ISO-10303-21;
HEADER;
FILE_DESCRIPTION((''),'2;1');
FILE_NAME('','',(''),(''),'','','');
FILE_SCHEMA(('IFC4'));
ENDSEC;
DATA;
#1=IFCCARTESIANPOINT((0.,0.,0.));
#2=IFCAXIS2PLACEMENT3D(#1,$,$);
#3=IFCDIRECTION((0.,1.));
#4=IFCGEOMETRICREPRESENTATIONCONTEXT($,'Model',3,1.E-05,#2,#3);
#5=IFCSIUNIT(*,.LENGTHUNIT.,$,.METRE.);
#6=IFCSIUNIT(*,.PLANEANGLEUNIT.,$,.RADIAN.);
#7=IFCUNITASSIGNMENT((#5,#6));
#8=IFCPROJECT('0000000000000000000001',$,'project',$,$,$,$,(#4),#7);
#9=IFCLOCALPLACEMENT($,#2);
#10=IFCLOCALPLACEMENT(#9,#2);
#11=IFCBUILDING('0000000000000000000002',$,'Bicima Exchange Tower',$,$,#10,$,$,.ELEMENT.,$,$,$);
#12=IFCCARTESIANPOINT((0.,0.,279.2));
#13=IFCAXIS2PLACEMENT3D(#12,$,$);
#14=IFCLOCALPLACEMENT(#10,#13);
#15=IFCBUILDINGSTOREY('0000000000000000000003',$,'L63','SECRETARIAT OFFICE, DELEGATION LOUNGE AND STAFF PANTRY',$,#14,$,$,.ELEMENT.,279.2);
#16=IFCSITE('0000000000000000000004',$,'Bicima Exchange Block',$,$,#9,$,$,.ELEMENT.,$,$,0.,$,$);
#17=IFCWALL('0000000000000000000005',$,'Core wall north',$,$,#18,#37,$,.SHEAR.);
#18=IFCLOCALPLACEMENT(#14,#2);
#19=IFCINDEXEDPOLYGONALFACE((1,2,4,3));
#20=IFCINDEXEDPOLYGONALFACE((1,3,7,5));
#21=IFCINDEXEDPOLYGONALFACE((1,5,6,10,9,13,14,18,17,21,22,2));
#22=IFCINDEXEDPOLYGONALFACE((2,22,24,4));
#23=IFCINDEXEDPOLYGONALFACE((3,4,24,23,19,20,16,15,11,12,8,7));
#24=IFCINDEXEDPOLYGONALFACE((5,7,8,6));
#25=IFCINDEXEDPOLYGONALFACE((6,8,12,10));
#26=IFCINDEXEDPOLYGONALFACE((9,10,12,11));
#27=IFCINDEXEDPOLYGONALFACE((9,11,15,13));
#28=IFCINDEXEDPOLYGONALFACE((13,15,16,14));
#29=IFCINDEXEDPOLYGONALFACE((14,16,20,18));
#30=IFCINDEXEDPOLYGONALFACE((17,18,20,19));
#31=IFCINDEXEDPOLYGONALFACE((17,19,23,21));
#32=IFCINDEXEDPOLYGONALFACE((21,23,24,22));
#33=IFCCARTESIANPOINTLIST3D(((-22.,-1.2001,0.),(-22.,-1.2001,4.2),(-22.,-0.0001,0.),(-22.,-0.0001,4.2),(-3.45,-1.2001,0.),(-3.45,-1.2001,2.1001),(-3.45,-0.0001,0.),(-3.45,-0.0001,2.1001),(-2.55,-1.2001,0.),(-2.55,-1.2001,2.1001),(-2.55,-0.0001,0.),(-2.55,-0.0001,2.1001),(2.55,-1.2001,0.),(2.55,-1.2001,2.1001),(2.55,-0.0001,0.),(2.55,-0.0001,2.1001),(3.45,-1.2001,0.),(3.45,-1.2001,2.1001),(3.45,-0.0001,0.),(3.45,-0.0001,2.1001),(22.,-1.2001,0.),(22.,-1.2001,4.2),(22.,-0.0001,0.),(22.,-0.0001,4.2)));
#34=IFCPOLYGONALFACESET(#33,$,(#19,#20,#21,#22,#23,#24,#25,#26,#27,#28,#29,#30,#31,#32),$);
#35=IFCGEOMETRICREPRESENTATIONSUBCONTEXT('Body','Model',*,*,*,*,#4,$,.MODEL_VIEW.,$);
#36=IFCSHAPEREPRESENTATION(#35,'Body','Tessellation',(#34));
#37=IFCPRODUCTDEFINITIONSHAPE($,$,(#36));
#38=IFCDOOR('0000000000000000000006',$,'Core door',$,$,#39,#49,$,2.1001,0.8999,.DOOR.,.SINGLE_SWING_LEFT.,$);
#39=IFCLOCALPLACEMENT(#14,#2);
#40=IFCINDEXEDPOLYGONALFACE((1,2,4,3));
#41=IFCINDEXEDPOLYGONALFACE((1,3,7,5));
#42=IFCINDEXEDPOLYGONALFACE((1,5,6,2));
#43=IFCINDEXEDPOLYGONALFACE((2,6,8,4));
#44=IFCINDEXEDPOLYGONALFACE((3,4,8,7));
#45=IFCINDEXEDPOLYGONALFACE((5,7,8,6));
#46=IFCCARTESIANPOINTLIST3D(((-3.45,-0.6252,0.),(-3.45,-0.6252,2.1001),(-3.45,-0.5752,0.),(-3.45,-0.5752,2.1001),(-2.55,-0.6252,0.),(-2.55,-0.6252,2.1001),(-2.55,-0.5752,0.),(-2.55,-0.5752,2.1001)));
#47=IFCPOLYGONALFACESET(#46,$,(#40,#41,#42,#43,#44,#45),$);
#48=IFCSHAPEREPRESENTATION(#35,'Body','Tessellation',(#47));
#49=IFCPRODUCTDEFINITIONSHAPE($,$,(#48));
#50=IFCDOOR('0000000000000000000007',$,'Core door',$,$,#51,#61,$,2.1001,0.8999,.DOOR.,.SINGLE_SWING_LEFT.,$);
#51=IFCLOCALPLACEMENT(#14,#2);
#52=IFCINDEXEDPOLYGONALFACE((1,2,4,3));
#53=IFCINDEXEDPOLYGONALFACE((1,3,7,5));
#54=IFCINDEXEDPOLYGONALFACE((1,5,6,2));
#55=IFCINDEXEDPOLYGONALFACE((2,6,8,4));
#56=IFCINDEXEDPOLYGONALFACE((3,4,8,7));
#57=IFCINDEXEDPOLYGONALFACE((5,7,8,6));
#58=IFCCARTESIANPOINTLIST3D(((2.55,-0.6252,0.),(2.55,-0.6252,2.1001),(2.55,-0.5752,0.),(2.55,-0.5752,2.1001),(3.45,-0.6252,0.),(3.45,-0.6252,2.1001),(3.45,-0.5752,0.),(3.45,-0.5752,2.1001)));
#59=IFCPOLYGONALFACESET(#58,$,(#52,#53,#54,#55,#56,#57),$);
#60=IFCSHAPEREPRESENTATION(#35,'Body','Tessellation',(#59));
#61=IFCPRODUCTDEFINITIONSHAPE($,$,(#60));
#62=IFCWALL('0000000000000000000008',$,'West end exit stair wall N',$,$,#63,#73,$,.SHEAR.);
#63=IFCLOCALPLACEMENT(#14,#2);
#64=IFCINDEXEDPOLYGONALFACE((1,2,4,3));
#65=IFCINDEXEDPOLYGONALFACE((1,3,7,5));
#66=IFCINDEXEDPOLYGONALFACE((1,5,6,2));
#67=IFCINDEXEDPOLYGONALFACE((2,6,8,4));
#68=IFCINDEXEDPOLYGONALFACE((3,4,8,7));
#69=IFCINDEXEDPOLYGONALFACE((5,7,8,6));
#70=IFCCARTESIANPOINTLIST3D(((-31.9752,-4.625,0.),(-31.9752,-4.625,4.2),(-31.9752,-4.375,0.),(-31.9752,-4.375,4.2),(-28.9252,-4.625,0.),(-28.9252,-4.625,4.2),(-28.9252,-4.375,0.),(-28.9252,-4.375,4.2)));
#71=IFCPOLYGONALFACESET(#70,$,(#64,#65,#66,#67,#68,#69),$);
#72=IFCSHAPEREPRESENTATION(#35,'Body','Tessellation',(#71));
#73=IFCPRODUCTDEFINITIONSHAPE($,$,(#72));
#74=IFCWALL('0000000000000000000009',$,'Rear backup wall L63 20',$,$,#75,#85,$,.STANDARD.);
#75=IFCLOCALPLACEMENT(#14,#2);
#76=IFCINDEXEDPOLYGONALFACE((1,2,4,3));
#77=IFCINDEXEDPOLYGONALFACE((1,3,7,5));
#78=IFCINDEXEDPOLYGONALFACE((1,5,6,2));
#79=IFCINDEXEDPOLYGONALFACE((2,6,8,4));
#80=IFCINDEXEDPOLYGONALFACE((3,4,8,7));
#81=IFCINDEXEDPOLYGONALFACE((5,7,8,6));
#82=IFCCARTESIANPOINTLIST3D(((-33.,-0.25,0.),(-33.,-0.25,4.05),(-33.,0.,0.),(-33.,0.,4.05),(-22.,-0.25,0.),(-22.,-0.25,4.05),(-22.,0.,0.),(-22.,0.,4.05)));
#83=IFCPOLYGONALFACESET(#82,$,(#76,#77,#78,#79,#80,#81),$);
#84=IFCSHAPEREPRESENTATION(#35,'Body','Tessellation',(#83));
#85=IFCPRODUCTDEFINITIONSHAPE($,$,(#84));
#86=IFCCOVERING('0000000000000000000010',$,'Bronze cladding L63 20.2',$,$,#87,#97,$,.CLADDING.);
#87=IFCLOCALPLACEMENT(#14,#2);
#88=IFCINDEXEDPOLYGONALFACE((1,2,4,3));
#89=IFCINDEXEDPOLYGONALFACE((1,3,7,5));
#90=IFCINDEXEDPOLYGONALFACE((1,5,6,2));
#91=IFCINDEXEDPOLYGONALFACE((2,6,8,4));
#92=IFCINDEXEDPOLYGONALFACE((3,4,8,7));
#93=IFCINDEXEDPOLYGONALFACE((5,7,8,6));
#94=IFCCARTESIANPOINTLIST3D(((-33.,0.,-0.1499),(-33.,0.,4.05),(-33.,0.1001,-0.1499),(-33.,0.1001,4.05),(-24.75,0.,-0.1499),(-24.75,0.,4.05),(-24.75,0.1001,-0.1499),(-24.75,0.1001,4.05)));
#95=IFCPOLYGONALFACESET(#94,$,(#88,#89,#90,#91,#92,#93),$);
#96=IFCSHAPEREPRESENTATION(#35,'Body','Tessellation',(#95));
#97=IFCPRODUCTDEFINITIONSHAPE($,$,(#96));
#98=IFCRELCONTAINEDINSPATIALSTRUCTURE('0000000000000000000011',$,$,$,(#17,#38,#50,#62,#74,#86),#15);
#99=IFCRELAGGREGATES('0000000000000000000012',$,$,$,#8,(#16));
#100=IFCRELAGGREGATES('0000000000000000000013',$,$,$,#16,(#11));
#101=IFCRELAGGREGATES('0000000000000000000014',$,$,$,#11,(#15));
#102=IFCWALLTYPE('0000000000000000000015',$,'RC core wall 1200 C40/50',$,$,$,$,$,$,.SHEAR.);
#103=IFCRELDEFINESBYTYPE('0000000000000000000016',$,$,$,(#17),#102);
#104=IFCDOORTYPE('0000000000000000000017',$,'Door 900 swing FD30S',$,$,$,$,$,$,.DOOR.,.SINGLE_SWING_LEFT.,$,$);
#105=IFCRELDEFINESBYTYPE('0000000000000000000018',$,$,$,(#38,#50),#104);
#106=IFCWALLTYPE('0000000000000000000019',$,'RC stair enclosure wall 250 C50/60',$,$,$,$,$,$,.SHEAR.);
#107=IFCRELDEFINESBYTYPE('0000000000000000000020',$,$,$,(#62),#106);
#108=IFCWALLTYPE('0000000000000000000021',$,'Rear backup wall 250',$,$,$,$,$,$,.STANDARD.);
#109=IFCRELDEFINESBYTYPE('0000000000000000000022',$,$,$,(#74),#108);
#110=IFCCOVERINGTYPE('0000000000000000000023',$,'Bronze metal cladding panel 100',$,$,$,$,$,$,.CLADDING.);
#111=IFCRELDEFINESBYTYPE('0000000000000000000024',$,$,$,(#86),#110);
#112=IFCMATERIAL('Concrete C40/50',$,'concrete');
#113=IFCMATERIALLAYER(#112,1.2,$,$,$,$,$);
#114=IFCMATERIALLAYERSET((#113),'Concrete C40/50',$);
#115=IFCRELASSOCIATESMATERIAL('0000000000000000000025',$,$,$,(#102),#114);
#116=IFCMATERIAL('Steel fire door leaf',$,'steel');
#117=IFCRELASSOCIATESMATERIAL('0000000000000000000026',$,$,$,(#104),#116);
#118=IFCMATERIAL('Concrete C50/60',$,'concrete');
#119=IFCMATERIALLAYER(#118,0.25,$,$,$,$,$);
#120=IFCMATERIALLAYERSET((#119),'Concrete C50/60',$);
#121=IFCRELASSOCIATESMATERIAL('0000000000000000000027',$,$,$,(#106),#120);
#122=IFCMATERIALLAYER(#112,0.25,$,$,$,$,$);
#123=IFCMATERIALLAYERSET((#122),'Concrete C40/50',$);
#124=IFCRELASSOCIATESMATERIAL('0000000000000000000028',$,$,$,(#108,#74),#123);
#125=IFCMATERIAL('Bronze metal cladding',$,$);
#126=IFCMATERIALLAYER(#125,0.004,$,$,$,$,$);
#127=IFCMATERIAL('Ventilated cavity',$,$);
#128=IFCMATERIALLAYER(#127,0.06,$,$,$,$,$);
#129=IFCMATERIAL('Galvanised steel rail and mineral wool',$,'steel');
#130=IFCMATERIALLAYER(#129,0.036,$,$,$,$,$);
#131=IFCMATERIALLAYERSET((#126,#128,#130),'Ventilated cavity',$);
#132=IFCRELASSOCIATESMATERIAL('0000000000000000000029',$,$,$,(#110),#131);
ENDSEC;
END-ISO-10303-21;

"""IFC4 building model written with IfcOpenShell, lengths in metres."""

from ifc_helpers import new_model, si_unit, direction, frame, frame_2d, origin, origin_2d, place, context, subcontext, project, spatial, rectangle, extrude, material, layer, layer_set, layer_usage, type_object, element, fill, save


model = new_model("IFC4")

# Units and contexts
model_context = context("Model", 3, precision=1e-05, world=origin(), true_north=direction((0.0, 1.0)))
body_context = subcontext(model_context, "Body", "Model", "MODEL_VIEW")
ifc_project = project(units=[si_unit("LENGTHUNIT", "METRE"), si_unit("PLANEANGLEUNIT", "RADIAN")], contexts=[model_context])

# Site, building, storey
site_placement = place(None, origin())
site = spatial("IfcSite", under=ifc_project, at=site_placement, Name="Bicima Exchange Block", CompositionType="ELEMENT", RefElevation=0.0)
building_placement = place(site_placement, origin())
building = spatial("IfcBuilding", under=site, at=building_placement, Name="Bicima Exchange Tower", CompositionType="ELEMENT")
storey_placement = place(building_placement, frame((0.0, 0.0, 279.2)))
storey = spatial("IfcBuildingStorey", under=building, at=storey_placement, Name="L63", Description="SECRETARIAT OFFICE, DELEGATION LOUNGE AND STAFF PANTRY", CompositionType="ELEMENT", Elevation=279.2)

# Wall, openings, doors
ifc_material_1 = material(Name="Concrete C40/50", Category="concrete")
ifc_layer_1 = layer(ifc_material_1, 1.2)
ifc_layer_set_1 = layer_set([ifc_layer_1], Name="Concrete C40/50")
wall_type_1 = type_object("IfcWallType", Name="RC core wall 1200 C40/50", PredefinedType="SHEAR", material=ifc_layer_set_1)
wall_1_placement = place(storey_placement, frame((-22.0, -0.6001, 0.0), z_axis=(0.0, 0.0, 1.0), x_axis=(1.0, 0.0, 0.0)))
wall_1 = element("IfcWall", 1, at=wall_1_placement, inside=storey, type_object=wall_type_1, Name="Core wall north", PredefinedType="SHEAR", context=body_context, shape_type="SweptSolid", body=[
    extrude(rectangle(XDim=44.0, YDim=1.2, at=frame_2d((22.0, 0.0))), origin(), (0.0, 0.0, 1.0), 4.2),
])
opening_1_placement = place(wall_1_placement, frame((18.55, 0.0, 0.0)))
opening_1 = element("IfcOpeningElement", 2, at=opening_1_placement, cuts=wall_1, PredefinedType="OPENING", context=body_context, shape_type="SweptSolid", body=[
    extrude(rectangle(XDim=0.8999, YDim=2.1001, at=frame_2d((0.45, 1.05))), frame((0.0, 0.6118, 0.0), z_axis=(0.0, -1.0, 0.0), x_axis=(1.0, 0.0, 0.0)), (0.0, 0.0, 1.0), 1.2239),
])
opening_2_placement = place(wall_1_placement, frame((24.55, 0.0, 0.0)))
opening_2 = element("IfcOpeningElement", 3, at=opening_2_placement, cuts=wall_1, PredefinedType="OPENING", context=body_context, shape_type="SweptSolid", body=[
    extrude(rectangle(XDim=0.8999, YDim=2.1001, at=frame_2d((0.45, 1.05))), frame((0.0, 0.6118, 0.0), z_axis=(0.0, -1.0, 0.0), x_axis=(1.0, 0.0, 0.0)), (0.0, 0.0, 1.0), 1.2239),
])
ifc_material_2 = material(Name="Steel fire door leaf", Category="steel")
door_type = type_object("IfcDoorType", Name="Door 900 swing FD30S", OperationType="SINGLE_SWING_LEFT", PredefinedType="DOOR", material=ifc_material_2)
door_1_placement = place(opening_1_placement, origin())
door_1 = element("IfcDoor", 4, at=door_1_placement, inside=storey, type_object=door_type, Name="Core door", OperationType="SINGLE_SWING_LEFT", OverallHeight=2.1001, OverallWidth=0.8999, PredefinedType="DOOR", context=body_context, shape_type="SweptSolid", body=[
    extrude(rectangle(XDim=0.8999, YDim=2.1001, at=frame_2d((0.45, 1.05))), frame((0.0, 0.0249, 0.0), z_axis=(0.0, -1.0, 0.0), x_axis=(1.0, 0.0, 0.0)), (0.0, 0.0, 1.0), 0.05),
])
fill(opening_1, door_1)
door_2_placement = place(opening_2_placement, origin())
door_2 = element("IfcDoor", 5, at=door_2_placement, inside=storey, type_object=door_type, Name="Core door", OperationType="SINGLE_SWING_LEFT", OverallHeight=2.1001, OverallWidth=0.8999, PredefinedType="DOOR", context=body_context, shape_type="SweptSolid", body=[
    extrude(rectangle(XDim=0.8999, YDim=2.1001, at=frame_2d((0.45, 1.05))), frame((0.0, 0.0249, 0.0), z_axis=(0.0, -1.0, 0.0), x_axis=(1.0, 0.0, 0.0)), (0.0, 0.0, 1.0), 0.05),
])
fill(opening_2, door_2)

# Walls
ifc_material_3 = material(Name="Concrete C50/60", Category="concrete")
ifc_layer_2 = layer(ifc_material_3, 0.25)
ifc_layer_set_2 = layer_set([ifc_layer_2], Name="Concrete C50/60")
wall_type_2 = type_object("IfcWallType", Name="RC stair enclosure wall 250 C50/60", PredefinedType="SHEAR", material=ifc_layer_set_2)
wall_2_placement = place(storey_placement, frame((-31.9751, -4.5, 0.0), z_axis=(0.0, 0.0, 1.0), x_axis=(1.0, 0.0, 0.0)))
element("IfcWall", 6, at=wall_2_placement, inside=storey, type_object=wall_type_2, Name="West end exit stair wall N", PredefinedType="SHEAR", context=body_context, shape_type="SweptSolid", body=[
    extrude(rectangle(XDim=3.05, YDim=0.25, at=frame_2d((1.5249, 0.0))), origin(), (0.0, 0.0, 1.0), 4.2),
])
ifc_layer_3 = layer(ifc_material_1, 0.25)
ifc_layer_set_3 = layer_set([ifc_layer_3], Name="Concrete C40/50")
ifc_layer_usage = layer_usage(ifc_layer_set_3, "AXIS2", "POSITIVE", -0.125)
wall_type_3 = type_object("IfcWallType", Name="Rear backup wall 250", PredefinedType="STANDARD", material=ifc_layer_set_3)
wall_3_placement = place(storey_placement, frame((-22.0, -0.125, 0.0), z_axis=(0.0, 0.0, 1.0), x_axis=(-1.0, 0.0, 0.0)))
element("IfcWall", 7, at=wall_3_placement, inside=storey, type_object=wall_type_3, material=ifc_layer_usage, Name="Rear backup wall L63 20", PredefinedType="STANDARD", context=body_context, shape_type="SweptSolid", body=[
    extrude(rectangle(XDim=11.0, YDim=0.25, at=frame_2d((5.5, 0.0))), origin(), (0.0, 0.0, 1.0), 4.05),
])

# Covering
ifc_material_4 = material(Name="Bronze metal cladding")
ifc_layer_4 = layer(ifc_material_4, 0.004)
ifc_material_5 = material(Name="Ventilated cavity")
ifc_layer_5 = layer(ifc_material_5, 0.06)
ifc_material_6 = material(Name="Galvanised steel rail and mineral wool", Category="steel")
ifc_layer_6 = layer(ifc_material_6, 0.036)
ifc_layer_set_4 = layer_set([ifc_layer_4, ifc_layer_5, ifc_layer_6], Name="Ventilated cavity")
covering_type = type_object("IfcCoveringType", Name="Bronze metal cladding panel 100", PredefinedType="CLADDING", material=ifc_layer_set_4)
covering_placement = place(storey_placement, frame((-28.875, 0.05, -0.1499), z_axis=(0.0, 0.0, 1.0), x_axis=(-1.0, 0.0, 0.0)))
element("IfcCovering", 8, at=covering_placement, inside=storey, type_object=covering_type, Name="Bronze cladding L63 20.2", PredefinedType="CLADDING", context=body_context, shape_type="SweptSolid", body=[
    extrude(rectangle(XDim=8.25, YDim=0.1001, at=origin_2d()), origin(), (0.0, 0.0, 1.0), 4.2),
])

save(model, "model.ifc")
